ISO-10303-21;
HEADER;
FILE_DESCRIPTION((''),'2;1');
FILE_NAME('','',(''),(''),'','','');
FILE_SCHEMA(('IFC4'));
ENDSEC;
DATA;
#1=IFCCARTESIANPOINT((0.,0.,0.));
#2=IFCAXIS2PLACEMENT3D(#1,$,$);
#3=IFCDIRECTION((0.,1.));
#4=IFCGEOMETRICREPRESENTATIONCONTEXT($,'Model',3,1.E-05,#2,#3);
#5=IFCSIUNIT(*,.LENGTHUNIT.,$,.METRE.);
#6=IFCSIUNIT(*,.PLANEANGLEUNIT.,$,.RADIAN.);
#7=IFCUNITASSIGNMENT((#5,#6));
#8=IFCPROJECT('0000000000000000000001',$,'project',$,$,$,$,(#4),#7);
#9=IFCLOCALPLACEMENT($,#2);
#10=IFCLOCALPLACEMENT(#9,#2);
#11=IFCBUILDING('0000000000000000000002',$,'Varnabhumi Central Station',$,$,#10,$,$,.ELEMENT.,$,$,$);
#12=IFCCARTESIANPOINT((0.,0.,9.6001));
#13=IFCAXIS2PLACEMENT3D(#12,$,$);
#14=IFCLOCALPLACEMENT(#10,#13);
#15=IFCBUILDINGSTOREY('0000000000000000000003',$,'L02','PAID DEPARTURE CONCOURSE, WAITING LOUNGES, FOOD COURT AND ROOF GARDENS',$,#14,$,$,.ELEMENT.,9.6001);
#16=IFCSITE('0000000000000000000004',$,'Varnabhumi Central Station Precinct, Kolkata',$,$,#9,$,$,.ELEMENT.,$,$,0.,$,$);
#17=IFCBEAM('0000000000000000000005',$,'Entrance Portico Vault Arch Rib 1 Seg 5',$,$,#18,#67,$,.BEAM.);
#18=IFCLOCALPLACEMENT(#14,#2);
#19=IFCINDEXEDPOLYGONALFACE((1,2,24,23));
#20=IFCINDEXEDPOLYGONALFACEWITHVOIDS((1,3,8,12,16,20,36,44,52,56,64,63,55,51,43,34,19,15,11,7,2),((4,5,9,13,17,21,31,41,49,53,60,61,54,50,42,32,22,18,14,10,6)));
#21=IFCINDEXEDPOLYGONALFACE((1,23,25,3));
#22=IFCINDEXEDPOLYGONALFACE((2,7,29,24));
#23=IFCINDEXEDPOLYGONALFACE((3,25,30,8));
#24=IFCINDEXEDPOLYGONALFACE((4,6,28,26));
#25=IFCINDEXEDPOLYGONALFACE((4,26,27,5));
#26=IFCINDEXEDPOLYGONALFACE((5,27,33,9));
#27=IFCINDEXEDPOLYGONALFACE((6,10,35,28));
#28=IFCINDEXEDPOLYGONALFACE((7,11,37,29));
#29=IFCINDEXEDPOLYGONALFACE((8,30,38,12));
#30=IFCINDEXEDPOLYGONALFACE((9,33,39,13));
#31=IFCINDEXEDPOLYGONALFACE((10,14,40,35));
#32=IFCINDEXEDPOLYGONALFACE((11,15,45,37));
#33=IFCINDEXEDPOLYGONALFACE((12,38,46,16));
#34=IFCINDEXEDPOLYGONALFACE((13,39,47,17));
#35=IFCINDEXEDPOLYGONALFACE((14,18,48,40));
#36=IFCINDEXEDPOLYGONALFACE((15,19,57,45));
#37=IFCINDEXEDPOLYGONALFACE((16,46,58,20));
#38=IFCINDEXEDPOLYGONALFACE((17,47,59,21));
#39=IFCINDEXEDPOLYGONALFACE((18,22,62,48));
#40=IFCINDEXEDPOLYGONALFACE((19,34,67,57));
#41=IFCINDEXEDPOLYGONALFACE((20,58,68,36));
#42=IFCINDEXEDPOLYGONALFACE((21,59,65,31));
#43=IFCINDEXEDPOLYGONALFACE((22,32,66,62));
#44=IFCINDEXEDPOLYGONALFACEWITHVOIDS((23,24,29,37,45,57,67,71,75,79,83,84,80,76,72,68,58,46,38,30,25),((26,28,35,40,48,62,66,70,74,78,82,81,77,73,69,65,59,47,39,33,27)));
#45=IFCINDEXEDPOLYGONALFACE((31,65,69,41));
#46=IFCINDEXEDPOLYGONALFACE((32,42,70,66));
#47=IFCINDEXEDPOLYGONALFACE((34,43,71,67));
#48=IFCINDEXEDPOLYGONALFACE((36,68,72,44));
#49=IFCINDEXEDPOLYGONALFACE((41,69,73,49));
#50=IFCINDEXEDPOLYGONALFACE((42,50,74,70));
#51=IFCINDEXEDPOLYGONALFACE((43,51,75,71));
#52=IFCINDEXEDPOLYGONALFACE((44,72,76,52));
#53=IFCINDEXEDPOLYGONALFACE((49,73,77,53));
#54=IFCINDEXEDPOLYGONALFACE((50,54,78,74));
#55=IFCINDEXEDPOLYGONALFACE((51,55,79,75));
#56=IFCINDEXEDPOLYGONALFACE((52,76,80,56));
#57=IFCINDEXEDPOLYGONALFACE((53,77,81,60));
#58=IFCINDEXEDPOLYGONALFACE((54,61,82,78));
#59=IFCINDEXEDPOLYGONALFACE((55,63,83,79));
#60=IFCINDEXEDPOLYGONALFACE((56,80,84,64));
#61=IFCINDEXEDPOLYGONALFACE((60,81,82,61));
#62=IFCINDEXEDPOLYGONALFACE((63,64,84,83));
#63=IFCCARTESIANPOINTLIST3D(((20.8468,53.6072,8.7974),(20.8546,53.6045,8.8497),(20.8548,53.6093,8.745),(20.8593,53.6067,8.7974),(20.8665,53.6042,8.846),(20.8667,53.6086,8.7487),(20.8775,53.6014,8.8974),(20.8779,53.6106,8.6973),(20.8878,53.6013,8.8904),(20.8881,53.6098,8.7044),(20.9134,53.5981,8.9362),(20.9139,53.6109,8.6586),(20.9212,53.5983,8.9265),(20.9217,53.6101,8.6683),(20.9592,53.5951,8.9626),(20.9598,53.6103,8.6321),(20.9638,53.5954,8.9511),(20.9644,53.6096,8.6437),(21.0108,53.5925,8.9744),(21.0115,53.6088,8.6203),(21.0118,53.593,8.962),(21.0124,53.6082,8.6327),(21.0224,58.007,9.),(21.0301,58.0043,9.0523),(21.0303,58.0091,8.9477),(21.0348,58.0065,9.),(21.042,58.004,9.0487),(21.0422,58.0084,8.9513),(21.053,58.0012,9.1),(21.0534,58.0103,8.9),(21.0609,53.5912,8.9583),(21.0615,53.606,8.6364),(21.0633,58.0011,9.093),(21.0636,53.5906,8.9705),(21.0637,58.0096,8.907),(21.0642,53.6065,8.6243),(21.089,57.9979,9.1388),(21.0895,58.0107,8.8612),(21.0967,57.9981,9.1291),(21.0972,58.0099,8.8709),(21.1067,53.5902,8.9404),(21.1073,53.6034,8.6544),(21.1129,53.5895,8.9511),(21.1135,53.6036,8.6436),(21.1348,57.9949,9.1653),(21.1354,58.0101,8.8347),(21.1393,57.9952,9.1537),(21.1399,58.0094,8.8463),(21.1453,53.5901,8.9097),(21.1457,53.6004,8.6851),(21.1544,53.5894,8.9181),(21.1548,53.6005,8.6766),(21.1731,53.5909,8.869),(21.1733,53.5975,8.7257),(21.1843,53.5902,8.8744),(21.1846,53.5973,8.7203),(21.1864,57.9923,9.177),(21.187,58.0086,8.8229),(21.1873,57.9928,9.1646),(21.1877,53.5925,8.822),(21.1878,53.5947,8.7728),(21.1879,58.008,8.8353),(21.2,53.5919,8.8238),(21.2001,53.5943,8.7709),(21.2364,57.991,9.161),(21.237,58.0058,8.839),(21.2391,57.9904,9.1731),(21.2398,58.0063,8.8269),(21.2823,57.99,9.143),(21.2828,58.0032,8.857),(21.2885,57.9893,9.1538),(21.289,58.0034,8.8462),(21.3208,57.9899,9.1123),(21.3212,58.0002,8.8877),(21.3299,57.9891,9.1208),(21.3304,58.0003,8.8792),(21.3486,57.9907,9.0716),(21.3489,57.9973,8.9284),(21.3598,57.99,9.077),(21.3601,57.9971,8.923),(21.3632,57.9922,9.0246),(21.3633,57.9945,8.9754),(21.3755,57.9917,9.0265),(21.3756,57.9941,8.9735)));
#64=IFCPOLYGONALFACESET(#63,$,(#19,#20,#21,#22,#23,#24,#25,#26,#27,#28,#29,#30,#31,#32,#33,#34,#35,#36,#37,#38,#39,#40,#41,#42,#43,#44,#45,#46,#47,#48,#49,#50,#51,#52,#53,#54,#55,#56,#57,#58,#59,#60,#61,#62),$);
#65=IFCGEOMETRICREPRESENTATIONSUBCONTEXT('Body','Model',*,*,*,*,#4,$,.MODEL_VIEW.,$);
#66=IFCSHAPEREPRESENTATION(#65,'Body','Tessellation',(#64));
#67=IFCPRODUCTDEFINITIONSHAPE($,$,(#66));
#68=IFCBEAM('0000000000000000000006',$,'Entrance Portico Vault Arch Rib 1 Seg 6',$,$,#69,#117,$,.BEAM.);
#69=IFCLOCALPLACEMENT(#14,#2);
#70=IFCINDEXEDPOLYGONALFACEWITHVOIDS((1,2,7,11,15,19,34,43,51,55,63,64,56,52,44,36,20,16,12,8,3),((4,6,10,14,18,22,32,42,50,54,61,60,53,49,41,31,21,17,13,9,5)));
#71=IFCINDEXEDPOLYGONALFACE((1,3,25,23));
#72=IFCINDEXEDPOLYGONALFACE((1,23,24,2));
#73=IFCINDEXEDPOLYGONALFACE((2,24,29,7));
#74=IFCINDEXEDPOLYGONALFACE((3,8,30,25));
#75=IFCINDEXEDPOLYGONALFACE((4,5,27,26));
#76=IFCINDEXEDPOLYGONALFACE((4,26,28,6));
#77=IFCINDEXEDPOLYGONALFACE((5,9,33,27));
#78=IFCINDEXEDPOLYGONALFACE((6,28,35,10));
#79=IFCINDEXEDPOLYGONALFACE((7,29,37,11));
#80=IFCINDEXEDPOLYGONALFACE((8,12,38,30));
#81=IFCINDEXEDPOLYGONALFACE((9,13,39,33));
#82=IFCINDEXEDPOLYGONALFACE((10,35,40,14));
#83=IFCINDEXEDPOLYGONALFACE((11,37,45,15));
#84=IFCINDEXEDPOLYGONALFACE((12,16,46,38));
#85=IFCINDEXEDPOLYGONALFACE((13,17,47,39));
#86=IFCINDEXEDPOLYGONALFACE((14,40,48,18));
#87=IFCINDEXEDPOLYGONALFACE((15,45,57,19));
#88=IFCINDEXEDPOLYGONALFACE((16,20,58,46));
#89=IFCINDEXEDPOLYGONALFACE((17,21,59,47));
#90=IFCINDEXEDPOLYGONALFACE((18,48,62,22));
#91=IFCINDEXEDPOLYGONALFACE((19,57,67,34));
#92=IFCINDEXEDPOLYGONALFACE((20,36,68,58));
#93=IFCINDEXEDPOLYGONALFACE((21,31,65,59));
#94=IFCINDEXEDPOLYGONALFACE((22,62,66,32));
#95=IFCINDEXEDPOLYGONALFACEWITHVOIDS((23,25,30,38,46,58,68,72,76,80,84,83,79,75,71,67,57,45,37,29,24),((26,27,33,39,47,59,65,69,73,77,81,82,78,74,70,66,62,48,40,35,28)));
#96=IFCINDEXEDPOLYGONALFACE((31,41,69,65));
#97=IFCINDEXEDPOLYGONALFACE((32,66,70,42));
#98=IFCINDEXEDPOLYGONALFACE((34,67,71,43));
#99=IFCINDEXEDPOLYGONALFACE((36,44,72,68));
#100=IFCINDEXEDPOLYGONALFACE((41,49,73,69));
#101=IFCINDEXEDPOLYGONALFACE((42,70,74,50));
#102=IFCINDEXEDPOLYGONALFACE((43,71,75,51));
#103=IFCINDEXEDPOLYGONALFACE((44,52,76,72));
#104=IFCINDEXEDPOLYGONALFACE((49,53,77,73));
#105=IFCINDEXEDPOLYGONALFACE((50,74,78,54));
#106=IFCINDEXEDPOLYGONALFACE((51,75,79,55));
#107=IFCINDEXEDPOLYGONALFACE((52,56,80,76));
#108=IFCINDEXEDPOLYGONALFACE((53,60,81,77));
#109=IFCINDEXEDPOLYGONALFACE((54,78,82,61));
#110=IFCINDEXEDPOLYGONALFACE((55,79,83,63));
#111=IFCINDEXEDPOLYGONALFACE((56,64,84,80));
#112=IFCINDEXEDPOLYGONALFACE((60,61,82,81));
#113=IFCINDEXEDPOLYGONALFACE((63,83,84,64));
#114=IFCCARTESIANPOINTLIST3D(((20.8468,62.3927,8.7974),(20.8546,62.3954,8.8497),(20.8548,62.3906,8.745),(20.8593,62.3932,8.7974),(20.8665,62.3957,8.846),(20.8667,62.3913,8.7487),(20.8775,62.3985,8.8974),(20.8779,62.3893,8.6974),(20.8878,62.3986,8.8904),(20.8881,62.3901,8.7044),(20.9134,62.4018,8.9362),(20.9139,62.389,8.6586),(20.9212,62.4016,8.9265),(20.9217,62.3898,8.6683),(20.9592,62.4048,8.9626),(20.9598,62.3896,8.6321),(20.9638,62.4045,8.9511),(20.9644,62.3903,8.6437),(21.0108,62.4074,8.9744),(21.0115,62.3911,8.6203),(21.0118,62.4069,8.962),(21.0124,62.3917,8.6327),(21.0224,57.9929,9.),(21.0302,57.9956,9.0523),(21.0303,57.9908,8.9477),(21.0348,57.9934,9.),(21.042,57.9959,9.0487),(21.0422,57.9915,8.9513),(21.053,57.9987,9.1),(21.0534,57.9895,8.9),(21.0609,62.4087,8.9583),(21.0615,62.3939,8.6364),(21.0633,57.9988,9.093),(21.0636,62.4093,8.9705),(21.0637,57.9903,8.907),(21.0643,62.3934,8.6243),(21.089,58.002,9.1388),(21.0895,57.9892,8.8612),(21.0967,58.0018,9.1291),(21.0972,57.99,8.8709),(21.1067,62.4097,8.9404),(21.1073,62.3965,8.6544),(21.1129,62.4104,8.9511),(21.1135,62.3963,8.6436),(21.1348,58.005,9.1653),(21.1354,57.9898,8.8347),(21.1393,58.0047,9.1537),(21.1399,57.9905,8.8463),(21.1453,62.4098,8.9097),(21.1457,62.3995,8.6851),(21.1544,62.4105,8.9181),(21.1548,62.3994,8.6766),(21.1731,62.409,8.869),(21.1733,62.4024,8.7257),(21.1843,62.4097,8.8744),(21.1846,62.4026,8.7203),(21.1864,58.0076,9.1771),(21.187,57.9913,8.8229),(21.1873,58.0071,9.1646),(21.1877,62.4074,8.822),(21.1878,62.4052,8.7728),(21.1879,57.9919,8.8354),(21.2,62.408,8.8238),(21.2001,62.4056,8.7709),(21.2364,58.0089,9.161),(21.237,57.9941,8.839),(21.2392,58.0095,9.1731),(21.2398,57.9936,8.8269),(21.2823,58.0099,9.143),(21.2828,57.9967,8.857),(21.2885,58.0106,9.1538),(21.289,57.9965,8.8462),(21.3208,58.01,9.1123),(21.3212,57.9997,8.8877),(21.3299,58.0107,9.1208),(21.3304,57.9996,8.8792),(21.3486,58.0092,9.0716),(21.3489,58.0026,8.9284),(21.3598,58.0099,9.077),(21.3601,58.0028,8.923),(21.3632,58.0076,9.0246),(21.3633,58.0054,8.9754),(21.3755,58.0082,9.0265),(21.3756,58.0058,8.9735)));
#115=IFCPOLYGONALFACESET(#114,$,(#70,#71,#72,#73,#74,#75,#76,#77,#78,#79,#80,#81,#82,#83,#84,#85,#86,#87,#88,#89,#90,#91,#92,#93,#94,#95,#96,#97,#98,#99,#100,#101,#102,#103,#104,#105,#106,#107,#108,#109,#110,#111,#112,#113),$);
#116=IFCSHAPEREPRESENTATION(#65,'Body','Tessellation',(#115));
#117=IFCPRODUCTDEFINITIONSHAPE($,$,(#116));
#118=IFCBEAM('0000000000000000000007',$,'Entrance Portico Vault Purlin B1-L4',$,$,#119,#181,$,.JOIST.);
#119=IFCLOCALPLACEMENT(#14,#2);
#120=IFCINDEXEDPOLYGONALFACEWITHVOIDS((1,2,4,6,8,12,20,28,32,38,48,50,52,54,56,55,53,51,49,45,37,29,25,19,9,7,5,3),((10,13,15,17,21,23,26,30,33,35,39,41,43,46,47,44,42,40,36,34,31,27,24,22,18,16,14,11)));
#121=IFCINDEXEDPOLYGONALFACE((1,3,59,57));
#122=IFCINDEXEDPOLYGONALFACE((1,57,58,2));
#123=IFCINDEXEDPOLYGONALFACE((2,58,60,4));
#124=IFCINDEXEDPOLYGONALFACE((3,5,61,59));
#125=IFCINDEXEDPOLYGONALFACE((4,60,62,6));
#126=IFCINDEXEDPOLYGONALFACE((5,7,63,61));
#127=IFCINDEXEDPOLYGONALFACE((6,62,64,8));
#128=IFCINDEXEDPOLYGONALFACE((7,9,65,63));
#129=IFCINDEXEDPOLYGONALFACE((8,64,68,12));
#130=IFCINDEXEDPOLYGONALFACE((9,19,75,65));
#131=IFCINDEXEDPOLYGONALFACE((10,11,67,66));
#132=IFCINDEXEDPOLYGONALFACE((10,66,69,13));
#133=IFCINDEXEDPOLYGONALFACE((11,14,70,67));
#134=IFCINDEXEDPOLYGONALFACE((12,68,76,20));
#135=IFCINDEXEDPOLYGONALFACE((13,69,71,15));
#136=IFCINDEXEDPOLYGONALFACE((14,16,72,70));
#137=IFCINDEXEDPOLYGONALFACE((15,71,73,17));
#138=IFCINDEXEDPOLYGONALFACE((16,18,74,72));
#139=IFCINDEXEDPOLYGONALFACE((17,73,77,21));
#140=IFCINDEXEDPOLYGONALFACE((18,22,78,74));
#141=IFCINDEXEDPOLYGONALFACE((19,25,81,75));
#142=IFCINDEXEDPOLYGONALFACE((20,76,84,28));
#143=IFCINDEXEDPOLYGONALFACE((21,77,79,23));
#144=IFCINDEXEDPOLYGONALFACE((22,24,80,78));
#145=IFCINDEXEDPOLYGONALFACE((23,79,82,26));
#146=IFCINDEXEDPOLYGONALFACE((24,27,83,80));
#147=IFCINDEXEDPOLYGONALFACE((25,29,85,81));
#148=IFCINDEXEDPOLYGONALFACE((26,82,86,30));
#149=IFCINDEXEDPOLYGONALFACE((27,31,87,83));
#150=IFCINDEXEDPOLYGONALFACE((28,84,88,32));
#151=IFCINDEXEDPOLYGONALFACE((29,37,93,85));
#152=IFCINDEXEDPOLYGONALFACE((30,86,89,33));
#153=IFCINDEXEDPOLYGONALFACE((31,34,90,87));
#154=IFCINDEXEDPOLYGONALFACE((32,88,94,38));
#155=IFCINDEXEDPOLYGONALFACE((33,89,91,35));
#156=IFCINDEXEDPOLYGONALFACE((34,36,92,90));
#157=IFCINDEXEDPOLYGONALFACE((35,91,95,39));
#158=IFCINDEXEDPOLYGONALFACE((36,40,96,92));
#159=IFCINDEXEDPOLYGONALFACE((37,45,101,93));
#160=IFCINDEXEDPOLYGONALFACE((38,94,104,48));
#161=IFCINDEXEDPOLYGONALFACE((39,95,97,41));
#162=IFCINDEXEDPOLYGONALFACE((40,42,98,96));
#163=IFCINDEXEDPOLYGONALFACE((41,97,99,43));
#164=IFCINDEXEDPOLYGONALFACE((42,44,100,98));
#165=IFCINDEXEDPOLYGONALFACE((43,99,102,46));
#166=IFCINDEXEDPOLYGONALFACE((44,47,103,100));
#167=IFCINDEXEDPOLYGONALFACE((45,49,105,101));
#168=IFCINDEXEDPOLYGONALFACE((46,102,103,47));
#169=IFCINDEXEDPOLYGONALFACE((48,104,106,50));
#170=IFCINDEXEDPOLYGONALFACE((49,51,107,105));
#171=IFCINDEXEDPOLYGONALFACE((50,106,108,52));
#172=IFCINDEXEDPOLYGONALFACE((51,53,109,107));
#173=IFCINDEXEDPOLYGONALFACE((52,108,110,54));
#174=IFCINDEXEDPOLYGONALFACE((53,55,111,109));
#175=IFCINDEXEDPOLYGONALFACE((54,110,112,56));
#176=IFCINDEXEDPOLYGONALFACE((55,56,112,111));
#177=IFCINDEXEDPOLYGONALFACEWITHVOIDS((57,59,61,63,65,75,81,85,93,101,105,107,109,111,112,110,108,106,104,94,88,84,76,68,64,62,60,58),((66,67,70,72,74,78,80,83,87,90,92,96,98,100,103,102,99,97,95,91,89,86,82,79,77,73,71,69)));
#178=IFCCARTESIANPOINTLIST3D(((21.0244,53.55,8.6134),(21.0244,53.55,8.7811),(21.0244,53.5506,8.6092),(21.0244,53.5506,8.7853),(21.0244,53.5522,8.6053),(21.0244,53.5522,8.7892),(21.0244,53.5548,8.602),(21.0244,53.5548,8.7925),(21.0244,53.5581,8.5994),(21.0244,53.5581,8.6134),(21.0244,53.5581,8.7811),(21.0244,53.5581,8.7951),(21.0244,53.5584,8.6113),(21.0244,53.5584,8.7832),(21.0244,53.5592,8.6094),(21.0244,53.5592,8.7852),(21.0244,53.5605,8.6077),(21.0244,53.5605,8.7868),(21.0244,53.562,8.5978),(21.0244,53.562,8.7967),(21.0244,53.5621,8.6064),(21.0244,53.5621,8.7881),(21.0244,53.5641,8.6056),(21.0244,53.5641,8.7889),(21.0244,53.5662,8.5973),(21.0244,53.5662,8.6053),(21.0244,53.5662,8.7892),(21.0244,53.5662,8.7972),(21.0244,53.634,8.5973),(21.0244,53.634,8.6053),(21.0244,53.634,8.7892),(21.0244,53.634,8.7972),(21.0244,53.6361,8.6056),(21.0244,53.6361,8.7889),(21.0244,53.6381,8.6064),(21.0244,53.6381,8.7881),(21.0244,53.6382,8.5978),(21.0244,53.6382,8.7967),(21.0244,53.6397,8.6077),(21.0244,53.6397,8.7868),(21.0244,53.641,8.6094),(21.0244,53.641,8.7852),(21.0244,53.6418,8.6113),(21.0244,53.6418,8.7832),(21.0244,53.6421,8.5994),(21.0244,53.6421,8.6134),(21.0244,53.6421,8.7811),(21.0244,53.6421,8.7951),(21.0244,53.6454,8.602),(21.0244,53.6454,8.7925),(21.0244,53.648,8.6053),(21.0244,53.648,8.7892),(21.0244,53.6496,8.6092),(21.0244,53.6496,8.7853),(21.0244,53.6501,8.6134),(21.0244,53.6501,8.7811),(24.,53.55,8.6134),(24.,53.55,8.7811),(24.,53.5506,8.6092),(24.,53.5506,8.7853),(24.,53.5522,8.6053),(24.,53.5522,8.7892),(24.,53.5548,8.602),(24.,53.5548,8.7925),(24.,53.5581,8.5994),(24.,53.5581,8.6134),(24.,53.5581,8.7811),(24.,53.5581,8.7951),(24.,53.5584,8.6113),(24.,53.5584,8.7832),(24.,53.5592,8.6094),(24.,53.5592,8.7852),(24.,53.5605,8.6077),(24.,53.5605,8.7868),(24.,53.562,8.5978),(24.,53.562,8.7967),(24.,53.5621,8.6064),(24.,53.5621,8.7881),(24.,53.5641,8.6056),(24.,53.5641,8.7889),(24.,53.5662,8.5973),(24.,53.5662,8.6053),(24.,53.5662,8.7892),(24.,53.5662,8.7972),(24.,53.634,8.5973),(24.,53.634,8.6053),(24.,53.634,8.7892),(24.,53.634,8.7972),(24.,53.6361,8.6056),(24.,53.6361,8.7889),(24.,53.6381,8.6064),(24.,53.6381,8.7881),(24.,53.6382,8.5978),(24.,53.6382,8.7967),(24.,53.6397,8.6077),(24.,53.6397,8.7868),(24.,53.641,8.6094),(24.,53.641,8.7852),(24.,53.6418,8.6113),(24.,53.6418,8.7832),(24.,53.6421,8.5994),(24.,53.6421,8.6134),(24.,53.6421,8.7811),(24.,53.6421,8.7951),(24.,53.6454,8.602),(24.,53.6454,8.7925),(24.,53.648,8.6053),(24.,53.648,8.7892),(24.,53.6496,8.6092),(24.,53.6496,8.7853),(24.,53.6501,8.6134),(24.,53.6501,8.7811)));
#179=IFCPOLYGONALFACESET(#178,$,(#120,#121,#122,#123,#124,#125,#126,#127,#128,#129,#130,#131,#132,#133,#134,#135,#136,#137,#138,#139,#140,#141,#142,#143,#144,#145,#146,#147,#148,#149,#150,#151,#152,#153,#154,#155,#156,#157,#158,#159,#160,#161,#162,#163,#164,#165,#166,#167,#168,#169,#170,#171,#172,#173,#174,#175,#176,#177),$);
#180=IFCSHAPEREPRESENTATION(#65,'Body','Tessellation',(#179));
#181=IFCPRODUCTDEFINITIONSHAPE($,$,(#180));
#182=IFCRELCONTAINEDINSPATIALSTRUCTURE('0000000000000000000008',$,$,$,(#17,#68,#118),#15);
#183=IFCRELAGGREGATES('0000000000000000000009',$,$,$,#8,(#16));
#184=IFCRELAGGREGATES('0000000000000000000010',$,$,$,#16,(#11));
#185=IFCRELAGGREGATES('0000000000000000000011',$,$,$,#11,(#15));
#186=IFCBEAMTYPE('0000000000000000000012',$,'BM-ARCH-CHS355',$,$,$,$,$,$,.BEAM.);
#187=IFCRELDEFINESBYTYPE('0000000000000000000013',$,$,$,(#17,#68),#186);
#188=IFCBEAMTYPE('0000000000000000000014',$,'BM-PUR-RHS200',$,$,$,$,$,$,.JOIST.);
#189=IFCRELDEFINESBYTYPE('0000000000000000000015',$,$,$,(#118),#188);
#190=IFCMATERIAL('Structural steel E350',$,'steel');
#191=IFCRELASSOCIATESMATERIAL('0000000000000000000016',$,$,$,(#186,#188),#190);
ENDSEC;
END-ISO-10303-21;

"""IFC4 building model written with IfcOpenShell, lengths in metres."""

from ifc_helpers import new_model, si_unit, direction, frame, origin, origin_2d, place, context, subcontext, project, spatial, hollow_rectangle, hollow_circle, extrude, material, material_profile, profile_set, type_object, element, save


model = new_model("IFC4")

# Units and contexts
model_context = context("Model", 3, precision=1e-05, world=origin(), true_north=direction((0.0, 1.0)))
body_context = subcontext(model_context, "Body", "Model", "MODEL_VIEW")
ifc_project = project(units=[si_unit("LENGTHUNIT", "METRE"), si_unit("PLANEANGLEUNIT", "RADIAN")], contexts=[model_context])

# Site, building, storey
site_placement = place(None, origin())
site = spatial("IfcSite", under=ifc_project, at=site_placement, Name="Varnabhumi Central Station Precinct, Kolkata", CompositionType="ELEMENT", RefElevation=0.0)
building_placement = place(site_placement, origin())
building = spatial("IfcBuilding", under=site, at=building_placement, Name="Varnabhumi Central Station", CompositionType="ELEMENT")
storey_placement = place(building_placement, frame((0.0, 0.0, 9.6001)))
storey = spatial("IfcBuildingStorey", under=building, at=storey_placement, Name="L02", Description="PAID DEPARTURE CONCOURSE, WAITING LOUNGES, FOOD COURT AND ROOF GARDENS", CompositionType="ELEMENT", Elevation=9.6001)

# Beams
ifc_material_1 = material(Name="Structural steel E350", Category="steel")
ifc_material_profile_1 = material_profile(ifc_material_1, hollow_circle(Radius=0.1777, WallThickness=0.0125, at=origin_2d()), Name="Structural steel E350", Category="steel")
ifc_profile_set_1 = profile_set([ifc_material_profile_1], Name="Structural steel E350")
beam_type_1 = type_object("IfcBeamType", Name="BM-ARCH-CHS355", PredefinedType="BEAM", material=ifc_profile_set_1)
for number, where, z_axis, x_axis, name in (
    (1, (21.0244, 53.6001, 8.7974), (0.039822, 0.998149, 0.04597), (-0.999205, 0.039864, 0.0), "Entrance Portico Vault Arch Rib 1 Seg 5"),
    (2, (21.2, 58.0, 9.0), (-0.039822, 0.998149, -0.04597), (-0.999205, -0.039864, 0.0), "Entrance Portico Vault Arch Rib 1 Seg 6"),
):
    element("IfcBeam", number, at=place(storey_placement, frame(where, z_axis=z_axis, x_axis=x_axis)), inside=storey, type_object=beam_type_1, Name=name, PredefinedType="BEAM", context=body_context, shape_type="SweptSolid", body=[
        extrude(hollow_circle(Radius=0.1777, WallThickness=0.0125, at=origin_2d()), origin(), (0.0, 0.0, 1.0), 4.408),
    ])
ifc_material_profile_2 = material_profile(ifc_material_1, hollow_rectangle(XDim=0.1001, YDim=0.2, WallThickness=0.0081, InnerFilletRadius=0.0081, OuterFilletRadius=0.0161, at=origin_2d()), Name="Structural steel E350", Category="steel")
ifc_profile_set_2 = profile_set([ifc_material_profile_2], Name="Structural steel E350")
beam_type_2 = type_object("IfcBeamType", Name="BM-PUR-RHS200", PredefinedType="JOIST", material=ifc_profile_set_2)
beam_1_placement = place(storey_placement, frame((21.0244, 53.6001, 8.6973), z_axis=(1.0, 0.0, 0.0), x_axis=(0.0, 1.0, 0.0)))
element("IfcBeam", 3, at=beam_1_placement, inside=storey, type_object=beam_type_2, Name="Entrance Portico Vault Purlin B1-L4", PredefinedType="JOIST", context=body_context, shape_type="SweptSolid", body=[
    extrude(hollow_rectangle(XDim=0.1001, YDim=0.2, WallThickness=0.0081, InnerFilletRadius=0.0081, OuterFilletRadius=0.0161, at=origin_2d()), origin(), (0.0, 0.0, 1.0), 2.9756),
])

save(model, "model.ifc")
